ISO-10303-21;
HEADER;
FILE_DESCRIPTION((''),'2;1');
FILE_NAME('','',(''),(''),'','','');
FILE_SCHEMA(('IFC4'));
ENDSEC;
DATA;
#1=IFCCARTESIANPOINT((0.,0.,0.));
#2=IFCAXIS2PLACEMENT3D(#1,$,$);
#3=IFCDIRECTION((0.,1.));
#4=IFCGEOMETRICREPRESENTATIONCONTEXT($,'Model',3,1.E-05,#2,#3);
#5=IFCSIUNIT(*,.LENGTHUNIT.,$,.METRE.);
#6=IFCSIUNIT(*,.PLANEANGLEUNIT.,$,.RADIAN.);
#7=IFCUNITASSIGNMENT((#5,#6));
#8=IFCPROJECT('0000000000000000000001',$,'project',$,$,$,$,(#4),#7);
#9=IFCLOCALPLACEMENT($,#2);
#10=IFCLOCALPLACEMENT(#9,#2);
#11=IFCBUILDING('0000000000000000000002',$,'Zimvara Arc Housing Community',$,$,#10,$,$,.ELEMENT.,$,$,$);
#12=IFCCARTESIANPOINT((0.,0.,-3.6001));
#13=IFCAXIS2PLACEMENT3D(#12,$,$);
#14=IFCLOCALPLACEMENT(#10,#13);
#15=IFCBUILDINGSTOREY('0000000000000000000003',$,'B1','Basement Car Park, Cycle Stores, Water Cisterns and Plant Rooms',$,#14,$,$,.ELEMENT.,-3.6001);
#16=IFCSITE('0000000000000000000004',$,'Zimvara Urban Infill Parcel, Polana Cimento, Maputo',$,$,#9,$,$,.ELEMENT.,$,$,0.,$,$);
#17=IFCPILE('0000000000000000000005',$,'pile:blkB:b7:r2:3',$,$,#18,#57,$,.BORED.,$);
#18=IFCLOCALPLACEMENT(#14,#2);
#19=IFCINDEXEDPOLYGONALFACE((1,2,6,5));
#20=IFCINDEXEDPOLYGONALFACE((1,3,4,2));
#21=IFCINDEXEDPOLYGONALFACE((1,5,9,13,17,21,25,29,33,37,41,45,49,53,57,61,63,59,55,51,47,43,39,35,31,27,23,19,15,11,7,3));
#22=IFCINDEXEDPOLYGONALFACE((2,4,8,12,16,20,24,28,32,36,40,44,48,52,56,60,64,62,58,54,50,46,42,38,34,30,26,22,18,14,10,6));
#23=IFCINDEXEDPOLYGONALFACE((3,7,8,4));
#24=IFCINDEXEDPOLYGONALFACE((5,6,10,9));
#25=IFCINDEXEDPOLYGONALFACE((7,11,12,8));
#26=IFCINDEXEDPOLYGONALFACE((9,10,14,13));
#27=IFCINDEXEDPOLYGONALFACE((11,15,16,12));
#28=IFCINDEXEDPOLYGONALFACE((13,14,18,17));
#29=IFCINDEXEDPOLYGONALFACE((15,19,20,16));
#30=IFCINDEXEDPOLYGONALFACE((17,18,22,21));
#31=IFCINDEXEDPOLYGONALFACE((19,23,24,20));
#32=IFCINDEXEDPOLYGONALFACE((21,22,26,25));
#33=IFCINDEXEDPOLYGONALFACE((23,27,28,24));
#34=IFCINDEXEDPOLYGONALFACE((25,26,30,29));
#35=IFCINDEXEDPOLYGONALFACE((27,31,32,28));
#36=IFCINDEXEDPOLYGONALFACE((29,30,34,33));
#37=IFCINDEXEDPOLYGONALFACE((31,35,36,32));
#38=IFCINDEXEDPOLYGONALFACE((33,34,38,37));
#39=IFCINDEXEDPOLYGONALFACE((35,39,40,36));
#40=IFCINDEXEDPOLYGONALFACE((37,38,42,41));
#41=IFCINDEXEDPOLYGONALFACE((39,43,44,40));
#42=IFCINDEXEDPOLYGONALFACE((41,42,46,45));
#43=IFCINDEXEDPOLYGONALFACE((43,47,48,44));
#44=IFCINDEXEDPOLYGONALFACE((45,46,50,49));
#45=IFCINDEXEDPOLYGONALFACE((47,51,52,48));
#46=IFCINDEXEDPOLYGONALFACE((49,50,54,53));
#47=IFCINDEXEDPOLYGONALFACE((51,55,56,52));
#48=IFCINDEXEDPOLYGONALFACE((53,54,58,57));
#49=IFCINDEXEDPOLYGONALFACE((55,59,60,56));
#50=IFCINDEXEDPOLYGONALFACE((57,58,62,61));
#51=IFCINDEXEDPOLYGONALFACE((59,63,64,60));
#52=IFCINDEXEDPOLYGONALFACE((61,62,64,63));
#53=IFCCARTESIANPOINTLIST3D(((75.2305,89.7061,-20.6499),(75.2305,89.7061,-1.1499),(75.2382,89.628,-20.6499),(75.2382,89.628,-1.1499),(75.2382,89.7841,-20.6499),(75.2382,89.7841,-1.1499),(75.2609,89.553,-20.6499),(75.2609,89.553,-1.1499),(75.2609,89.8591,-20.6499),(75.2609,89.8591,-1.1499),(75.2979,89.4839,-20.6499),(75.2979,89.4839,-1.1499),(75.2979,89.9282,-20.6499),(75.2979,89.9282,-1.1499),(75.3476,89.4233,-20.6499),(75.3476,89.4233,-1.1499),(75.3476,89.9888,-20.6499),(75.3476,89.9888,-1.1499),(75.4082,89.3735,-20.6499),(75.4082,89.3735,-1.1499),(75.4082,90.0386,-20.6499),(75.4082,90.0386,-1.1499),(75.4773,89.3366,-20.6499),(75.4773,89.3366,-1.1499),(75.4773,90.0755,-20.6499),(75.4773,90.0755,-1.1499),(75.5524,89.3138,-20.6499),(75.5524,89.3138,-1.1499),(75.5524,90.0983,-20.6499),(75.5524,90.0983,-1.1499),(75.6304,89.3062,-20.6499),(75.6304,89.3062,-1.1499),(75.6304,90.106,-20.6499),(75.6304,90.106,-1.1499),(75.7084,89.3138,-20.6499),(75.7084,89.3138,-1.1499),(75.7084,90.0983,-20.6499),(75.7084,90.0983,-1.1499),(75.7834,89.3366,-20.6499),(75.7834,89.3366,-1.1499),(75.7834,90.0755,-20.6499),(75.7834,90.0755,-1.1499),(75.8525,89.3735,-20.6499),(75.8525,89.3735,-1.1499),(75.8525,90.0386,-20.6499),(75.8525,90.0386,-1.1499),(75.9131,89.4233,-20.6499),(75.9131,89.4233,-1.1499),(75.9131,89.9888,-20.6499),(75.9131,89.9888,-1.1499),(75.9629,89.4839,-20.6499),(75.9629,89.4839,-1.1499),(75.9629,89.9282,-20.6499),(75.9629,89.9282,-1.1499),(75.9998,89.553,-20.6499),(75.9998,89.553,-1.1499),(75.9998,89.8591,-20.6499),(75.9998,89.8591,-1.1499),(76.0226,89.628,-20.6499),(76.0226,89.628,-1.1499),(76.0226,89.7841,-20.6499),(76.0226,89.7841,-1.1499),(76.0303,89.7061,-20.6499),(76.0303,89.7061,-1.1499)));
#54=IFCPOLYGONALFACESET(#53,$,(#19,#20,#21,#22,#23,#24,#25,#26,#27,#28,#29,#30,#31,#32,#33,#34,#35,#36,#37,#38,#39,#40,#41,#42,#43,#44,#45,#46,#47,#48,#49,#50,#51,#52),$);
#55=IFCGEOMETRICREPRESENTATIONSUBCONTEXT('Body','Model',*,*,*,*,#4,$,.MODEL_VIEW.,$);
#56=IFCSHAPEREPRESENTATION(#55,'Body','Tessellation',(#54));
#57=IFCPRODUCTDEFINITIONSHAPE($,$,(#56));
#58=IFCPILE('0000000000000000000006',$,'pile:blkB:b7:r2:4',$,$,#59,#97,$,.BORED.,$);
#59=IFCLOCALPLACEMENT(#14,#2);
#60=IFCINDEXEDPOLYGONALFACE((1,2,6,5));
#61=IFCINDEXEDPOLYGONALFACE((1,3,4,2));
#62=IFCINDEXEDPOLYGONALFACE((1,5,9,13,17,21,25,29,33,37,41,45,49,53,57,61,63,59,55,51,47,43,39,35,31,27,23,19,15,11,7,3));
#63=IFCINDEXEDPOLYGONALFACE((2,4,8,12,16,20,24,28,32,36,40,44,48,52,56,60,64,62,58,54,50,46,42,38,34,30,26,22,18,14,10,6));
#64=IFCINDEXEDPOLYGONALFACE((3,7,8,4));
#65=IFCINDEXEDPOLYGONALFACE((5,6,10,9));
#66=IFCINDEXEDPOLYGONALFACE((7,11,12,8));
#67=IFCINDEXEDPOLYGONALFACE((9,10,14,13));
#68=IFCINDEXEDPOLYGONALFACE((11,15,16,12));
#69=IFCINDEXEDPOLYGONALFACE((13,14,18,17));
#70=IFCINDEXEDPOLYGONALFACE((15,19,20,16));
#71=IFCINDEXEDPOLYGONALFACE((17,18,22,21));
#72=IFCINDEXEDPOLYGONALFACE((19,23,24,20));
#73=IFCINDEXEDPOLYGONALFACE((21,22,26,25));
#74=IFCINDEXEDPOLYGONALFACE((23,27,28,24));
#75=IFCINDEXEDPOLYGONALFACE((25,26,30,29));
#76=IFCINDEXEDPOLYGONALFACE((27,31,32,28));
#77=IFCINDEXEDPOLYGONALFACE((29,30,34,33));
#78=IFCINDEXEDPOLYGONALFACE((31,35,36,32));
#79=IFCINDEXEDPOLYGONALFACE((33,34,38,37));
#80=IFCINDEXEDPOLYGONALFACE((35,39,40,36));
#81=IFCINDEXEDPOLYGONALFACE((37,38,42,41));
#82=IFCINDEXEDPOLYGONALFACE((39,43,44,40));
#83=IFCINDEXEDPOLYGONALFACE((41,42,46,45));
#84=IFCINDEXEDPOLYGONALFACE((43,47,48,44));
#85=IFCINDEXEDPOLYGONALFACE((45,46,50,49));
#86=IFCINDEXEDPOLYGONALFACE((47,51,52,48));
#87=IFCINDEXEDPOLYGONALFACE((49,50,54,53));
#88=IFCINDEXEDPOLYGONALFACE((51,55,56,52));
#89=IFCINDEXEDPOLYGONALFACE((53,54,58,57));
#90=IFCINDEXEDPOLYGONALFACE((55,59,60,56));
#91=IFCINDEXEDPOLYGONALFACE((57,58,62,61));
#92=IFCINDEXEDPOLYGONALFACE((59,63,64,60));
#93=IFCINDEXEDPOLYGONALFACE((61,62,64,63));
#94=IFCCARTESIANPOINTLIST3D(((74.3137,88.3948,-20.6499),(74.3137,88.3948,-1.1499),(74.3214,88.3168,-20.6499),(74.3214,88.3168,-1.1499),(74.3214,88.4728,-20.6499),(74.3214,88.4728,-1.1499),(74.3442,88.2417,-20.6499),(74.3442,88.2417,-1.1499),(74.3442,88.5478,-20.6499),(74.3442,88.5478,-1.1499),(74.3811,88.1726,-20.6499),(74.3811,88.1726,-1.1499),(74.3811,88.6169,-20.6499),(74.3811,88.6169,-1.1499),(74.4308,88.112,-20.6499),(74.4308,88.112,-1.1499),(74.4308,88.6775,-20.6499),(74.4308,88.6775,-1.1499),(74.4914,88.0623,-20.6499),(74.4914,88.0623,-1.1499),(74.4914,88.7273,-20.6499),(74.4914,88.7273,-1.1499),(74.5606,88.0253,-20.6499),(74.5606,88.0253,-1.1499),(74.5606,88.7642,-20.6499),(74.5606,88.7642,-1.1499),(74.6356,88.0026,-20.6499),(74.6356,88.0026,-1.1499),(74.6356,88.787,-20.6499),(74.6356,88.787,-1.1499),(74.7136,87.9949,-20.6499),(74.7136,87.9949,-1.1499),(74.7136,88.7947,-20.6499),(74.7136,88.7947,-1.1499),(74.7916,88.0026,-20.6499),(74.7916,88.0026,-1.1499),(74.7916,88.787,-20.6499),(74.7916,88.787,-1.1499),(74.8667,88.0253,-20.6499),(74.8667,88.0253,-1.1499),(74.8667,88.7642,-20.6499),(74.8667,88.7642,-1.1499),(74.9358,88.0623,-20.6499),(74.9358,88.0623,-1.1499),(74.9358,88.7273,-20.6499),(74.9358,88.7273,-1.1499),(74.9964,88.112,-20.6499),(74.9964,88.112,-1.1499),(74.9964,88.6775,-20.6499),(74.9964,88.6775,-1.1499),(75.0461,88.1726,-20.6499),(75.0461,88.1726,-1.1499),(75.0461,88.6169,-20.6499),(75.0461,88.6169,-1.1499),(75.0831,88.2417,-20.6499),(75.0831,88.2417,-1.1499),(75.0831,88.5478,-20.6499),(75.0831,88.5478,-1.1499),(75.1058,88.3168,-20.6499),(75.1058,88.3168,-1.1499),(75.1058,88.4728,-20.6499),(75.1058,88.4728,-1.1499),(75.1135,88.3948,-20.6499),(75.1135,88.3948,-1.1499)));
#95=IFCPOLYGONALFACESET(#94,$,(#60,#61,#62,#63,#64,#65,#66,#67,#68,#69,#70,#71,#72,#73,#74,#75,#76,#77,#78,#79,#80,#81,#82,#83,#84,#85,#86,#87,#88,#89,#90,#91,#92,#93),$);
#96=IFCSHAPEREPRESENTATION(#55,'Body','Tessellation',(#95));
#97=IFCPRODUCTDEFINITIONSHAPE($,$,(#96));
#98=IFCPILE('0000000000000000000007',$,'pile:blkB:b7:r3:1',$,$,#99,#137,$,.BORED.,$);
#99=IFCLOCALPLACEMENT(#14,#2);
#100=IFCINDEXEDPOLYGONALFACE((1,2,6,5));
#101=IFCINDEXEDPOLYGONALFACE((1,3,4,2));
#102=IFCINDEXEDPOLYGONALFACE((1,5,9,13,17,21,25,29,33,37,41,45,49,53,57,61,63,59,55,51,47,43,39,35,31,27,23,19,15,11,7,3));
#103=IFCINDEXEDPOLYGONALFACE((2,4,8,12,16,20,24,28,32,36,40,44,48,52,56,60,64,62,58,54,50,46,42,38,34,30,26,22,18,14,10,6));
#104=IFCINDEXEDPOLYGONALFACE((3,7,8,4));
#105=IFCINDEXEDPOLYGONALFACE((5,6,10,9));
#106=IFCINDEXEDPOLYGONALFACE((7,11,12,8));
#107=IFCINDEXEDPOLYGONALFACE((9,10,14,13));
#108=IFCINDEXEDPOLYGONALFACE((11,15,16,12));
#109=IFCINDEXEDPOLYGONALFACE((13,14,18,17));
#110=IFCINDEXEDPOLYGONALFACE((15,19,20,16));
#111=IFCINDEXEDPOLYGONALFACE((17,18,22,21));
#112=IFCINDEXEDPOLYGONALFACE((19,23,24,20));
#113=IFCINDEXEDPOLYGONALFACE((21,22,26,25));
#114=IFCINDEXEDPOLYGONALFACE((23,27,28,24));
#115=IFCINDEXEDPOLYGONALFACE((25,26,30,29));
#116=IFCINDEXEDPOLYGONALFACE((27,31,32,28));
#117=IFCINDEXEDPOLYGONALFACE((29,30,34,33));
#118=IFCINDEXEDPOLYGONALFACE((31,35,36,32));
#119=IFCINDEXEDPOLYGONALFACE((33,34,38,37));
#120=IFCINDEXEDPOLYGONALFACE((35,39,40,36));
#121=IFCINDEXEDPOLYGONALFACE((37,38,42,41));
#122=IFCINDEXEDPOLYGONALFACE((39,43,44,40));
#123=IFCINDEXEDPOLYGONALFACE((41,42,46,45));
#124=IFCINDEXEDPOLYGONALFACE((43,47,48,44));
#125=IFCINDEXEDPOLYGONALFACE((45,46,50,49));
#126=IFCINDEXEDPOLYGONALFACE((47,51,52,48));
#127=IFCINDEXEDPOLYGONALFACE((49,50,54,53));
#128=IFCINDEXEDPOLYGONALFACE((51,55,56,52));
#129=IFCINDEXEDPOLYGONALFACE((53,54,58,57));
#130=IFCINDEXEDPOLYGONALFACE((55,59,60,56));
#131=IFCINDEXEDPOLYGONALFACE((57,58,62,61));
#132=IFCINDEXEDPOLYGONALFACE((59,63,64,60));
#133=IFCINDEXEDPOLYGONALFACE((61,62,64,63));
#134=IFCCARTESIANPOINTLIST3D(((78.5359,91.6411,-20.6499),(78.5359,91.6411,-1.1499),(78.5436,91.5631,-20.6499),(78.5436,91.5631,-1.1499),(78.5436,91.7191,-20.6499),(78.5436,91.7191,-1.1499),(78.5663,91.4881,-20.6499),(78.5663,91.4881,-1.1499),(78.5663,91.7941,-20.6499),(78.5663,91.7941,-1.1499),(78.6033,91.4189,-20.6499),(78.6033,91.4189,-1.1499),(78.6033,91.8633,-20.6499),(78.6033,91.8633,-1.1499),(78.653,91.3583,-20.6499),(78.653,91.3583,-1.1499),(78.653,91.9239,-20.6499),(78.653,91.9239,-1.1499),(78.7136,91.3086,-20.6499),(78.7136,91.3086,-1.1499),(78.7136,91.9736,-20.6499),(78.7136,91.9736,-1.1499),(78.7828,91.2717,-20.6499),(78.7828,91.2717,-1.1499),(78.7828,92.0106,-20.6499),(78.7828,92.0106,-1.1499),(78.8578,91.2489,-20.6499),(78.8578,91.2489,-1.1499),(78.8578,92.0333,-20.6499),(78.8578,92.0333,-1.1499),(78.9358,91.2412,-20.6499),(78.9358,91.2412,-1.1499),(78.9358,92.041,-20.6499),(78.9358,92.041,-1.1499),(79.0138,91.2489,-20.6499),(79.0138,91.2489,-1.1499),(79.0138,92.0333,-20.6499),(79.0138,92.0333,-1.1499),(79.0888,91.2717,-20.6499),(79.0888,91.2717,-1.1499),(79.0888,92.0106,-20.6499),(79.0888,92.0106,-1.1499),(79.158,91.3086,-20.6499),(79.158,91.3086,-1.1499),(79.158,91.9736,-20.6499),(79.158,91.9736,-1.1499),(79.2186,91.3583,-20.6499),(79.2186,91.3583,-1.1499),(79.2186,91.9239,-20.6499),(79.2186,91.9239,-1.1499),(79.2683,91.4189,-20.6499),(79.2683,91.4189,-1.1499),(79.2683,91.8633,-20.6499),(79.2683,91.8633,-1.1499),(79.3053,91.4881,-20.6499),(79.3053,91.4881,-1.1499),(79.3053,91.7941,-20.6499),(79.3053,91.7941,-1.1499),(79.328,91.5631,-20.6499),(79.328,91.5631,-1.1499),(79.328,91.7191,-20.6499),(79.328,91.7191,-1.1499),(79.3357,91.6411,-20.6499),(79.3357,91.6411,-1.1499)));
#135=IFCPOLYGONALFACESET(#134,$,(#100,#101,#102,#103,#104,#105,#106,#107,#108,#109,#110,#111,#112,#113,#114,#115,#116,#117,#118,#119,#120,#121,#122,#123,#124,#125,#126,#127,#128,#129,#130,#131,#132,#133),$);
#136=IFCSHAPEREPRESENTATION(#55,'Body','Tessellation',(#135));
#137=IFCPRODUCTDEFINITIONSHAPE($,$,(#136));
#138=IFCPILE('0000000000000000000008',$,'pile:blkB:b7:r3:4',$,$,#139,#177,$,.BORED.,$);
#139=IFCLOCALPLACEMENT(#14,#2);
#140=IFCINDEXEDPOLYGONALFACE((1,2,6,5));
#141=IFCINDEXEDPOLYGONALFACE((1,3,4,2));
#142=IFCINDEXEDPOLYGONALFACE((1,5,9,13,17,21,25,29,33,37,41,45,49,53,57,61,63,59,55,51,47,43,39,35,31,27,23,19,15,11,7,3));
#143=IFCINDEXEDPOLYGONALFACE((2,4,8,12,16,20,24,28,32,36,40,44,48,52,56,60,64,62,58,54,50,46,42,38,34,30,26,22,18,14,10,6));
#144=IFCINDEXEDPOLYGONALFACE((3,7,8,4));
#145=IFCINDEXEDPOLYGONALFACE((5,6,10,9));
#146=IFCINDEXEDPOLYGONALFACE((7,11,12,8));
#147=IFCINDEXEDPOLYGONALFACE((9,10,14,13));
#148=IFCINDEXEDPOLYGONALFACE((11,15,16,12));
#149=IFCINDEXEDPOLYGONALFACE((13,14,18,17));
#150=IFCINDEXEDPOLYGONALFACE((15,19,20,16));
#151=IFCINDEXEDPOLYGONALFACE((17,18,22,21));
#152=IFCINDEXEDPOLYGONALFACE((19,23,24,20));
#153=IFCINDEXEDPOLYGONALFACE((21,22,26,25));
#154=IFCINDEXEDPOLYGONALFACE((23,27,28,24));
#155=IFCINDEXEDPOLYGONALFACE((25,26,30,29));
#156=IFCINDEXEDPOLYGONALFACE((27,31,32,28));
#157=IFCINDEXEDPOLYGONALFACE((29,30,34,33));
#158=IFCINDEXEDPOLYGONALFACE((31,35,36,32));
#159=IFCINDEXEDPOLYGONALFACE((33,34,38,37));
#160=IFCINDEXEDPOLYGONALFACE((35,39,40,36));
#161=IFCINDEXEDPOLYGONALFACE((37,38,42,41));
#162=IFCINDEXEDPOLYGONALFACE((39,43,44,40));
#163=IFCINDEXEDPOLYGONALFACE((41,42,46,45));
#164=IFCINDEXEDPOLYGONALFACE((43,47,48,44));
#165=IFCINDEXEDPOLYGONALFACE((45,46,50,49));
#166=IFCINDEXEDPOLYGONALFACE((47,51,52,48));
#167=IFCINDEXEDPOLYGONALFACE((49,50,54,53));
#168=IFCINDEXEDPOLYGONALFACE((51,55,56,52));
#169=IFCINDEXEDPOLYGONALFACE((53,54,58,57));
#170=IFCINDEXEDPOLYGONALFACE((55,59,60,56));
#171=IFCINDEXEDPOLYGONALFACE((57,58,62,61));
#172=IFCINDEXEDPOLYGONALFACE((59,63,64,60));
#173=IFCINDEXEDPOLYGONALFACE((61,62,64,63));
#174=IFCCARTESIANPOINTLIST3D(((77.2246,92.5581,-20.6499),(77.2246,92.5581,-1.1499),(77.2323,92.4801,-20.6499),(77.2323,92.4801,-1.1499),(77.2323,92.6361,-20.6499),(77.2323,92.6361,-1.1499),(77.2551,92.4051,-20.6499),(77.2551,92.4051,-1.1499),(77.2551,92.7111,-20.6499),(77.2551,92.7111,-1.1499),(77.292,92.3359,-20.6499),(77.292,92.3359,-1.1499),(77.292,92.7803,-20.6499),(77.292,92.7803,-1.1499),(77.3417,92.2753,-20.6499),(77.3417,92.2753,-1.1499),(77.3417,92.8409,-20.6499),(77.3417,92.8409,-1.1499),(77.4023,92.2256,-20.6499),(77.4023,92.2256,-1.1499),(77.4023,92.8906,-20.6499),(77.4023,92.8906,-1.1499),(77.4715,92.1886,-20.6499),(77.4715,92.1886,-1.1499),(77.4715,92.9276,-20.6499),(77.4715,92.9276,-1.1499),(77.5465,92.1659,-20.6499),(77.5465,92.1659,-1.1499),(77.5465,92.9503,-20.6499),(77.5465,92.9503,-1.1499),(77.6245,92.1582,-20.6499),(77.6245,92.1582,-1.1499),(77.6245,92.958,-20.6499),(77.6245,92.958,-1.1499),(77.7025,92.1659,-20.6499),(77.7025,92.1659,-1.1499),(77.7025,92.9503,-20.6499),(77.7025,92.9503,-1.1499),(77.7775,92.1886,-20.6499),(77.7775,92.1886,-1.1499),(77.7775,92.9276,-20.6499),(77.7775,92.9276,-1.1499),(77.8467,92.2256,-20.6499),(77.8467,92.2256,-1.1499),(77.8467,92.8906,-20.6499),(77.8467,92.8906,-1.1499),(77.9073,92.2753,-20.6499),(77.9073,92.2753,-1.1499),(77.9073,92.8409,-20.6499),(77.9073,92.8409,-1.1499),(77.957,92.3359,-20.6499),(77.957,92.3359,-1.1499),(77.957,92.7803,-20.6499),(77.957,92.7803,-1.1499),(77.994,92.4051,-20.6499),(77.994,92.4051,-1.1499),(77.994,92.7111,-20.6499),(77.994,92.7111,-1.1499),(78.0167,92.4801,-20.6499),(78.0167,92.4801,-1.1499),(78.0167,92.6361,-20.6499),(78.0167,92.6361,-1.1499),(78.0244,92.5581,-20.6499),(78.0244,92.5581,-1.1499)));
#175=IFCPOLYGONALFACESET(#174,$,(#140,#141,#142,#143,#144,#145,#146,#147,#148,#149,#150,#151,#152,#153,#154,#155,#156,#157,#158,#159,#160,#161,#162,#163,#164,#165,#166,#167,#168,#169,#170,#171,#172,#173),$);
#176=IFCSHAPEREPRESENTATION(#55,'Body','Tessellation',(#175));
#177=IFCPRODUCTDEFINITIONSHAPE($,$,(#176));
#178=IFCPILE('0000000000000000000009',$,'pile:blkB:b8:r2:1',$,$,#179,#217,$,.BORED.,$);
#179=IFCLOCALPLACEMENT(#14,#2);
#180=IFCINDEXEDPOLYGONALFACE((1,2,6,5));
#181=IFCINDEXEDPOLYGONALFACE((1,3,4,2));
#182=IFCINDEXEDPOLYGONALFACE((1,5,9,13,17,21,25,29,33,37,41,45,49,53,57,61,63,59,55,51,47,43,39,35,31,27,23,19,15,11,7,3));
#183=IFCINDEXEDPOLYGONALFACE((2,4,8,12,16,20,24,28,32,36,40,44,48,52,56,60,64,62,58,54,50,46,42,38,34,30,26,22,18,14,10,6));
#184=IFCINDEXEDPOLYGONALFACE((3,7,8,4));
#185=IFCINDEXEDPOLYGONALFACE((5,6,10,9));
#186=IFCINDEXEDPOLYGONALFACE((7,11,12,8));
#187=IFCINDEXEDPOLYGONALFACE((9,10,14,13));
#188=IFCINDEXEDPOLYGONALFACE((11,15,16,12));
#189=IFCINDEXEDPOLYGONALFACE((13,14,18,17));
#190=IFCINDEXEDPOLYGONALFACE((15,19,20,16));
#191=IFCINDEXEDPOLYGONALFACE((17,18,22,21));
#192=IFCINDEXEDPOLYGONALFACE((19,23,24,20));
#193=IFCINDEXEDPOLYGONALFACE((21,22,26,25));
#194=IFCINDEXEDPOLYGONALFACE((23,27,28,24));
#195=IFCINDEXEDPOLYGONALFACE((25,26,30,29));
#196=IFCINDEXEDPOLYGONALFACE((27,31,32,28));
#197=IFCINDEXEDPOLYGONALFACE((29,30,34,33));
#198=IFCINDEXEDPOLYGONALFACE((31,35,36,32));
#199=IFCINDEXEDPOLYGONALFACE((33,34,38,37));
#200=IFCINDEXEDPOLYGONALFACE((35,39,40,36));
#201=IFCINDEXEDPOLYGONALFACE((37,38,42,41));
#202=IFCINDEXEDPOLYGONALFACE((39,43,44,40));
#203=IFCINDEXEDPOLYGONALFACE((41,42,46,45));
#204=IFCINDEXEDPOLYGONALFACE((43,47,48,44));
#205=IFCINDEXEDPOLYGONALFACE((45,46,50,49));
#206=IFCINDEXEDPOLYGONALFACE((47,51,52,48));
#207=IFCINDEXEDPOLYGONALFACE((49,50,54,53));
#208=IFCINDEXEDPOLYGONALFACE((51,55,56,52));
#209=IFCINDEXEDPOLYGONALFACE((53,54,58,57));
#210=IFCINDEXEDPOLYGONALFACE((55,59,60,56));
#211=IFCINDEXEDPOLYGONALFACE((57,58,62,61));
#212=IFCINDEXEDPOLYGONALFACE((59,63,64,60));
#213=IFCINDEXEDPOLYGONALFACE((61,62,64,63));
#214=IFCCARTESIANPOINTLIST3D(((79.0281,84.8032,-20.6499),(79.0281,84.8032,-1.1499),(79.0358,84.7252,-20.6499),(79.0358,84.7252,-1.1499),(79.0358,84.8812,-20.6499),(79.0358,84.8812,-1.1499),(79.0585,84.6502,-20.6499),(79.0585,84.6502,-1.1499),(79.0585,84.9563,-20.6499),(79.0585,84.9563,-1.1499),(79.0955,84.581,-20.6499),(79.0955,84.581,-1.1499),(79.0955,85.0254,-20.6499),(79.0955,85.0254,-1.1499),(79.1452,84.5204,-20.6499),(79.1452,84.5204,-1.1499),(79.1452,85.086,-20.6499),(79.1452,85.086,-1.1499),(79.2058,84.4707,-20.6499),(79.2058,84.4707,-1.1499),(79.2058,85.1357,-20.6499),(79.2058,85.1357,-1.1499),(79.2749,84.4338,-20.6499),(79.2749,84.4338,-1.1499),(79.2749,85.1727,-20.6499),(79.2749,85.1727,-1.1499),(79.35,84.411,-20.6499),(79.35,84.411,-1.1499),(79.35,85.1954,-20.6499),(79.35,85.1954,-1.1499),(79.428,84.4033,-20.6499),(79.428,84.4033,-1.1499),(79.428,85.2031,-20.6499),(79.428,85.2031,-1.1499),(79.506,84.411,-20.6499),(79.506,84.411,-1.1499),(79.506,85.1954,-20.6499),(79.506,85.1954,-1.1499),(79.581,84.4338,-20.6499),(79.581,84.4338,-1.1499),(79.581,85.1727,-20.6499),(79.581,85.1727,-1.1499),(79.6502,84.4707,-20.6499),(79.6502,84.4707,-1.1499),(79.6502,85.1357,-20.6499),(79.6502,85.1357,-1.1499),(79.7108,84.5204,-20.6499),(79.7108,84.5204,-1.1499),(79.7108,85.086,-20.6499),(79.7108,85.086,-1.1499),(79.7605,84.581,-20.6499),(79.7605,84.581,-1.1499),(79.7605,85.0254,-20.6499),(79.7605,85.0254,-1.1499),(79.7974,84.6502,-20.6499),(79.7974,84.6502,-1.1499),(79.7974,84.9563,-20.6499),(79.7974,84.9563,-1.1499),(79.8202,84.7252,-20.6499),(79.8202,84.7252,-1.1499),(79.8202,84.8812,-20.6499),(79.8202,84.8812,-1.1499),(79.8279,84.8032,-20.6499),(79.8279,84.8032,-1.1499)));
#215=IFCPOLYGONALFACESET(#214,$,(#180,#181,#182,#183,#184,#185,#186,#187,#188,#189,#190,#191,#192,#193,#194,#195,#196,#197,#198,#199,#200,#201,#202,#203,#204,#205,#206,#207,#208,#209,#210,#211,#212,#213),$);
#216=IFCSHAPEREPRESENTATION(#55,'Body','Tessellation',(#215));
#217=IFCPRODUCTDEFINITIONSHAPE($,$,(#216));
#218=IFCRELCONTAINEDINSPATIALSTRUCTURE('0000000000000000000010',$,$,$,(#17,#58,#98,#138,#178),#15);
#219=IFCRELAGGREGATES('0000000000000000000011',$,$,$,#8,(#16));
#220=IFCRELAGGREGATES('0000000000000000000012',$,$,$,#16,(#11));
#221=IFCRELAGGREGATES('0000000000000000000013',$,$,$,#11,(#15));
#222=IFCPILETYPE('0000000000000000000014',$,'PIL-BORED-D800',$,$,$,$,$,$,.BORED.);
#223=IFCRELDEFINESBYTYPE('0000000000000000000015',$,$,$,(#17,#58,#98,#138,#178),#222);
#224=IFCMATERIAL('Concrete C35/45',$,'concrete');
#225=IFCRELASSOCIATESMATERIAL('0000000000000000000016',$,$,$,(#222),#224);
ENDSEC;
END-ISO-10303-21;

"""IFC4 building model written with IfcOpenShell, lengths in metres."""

from ifc_helpers import new_model, si_unit, direction, frame, origin, origin_2d, place, context, subcontext, project, spatial, circle, extrude, material, material_profile, profile_set, type_object, element, save


model = new_model("IFC4")

# Units and contexts
model_context = context("Model", 3, precision=1e-05, world=origin(), true_north=direction((0.0, 1.0)))
body_context = subcontext(model_context, "Body", "Model", "MODEL_VIEW")
ifc_project = project(units=[si_unit("LENGTHUNIT", "METRE"), si_unit("PLANEANGLEUNIT", "RADIAN")], contexts=[model_context])

# Site, building, storey
site_placement = place(None, origin())
site = spatial("IfcSite", under=ifc_project, at=site_placement, Name="Zimvara Urban Infill Parcel, Polana Cimento, Maputo", CompositionType="ELEMENT", RefElevation=0.0)
building_placement = place(site_placement, origin())
building = spatial("IfcBuilding", under=site, at=building_placement, Name="Zimvara Arc Housing Community", CompositionType="ELEMENT")
storey_placement = place(building_placement, frame((0.0, 0.0, -3.6001)))
storey = spatial("IfcBuildingStorey", under=building, at=storey_placement, Name="B1", Description="Basement Car Park, Cycle Stores, Water Cisterns and Plant Rooms", CompositionType="ELEMENT", Elevation=-3.6001)

# Piles
ifc_material_1 = material(Name="Concrete C35/45", Category="concrete")
ifc_material_profile_1 = material_profile(ifc_material_1, circle(Radius=0.3999, at=origin_2d()), Name="PILE D800")
ifc_profile_set_1 = profile_set([ifc_material_profile_1], Name="Concrete C35/45")
pile_type = type_object("IfcPileType", Name="PIL-BORED-D800", PredefinedType="BORED", material=ifc_profile_set_1)
for number, where, z_axis, x_axis, name in (
    (1, (75.6304, 89.7061, -1.1499), (0.0, 0.0, -1.0), (1.0, 0.0, 0.0), "pile:blkB:b7:r2:3"),
    (2, (74.7136, 88.3948, -1.1499), (0.0, 0.0, -1.0), (1.0, 0.0, 0.0), "pile:blkB:b7:r2:4"),
    (3, (78.9358, 91.6411, -1.1499), (0.0, 0.0, -1.0), (1.0, 0.0, 0.0), "pile:blkB:b7:r3:1"),
    (4, (77.6245, 92.5581, -1.1499), (0.0, 0.0, -1.0), (1.0, 0.0, 0.0), "pile:blkB:b7:r3:4"),
    (5, (79.428, 84.8032, -1.1499), (0.0, 0.0, -1.0), (1.0, 0.0, 0.0), "pile:blkB:b8:r2:1"),
):
    element("IfcPile", number, at=place(storey_placement, frame(where, z_axis=z_axis, x_axis=x_axis)), inside=storey, type_object=pile_type, Name=name, PredefinedType="BORED", context=body_context, shape_type="SweptSolid", body=[
        extrude(circle(Radius=0.3999, at=origin_2d()), origin(), (0.0, 0.0, 1.0), 19.5),
    ])

save(model, "model.ifc")
